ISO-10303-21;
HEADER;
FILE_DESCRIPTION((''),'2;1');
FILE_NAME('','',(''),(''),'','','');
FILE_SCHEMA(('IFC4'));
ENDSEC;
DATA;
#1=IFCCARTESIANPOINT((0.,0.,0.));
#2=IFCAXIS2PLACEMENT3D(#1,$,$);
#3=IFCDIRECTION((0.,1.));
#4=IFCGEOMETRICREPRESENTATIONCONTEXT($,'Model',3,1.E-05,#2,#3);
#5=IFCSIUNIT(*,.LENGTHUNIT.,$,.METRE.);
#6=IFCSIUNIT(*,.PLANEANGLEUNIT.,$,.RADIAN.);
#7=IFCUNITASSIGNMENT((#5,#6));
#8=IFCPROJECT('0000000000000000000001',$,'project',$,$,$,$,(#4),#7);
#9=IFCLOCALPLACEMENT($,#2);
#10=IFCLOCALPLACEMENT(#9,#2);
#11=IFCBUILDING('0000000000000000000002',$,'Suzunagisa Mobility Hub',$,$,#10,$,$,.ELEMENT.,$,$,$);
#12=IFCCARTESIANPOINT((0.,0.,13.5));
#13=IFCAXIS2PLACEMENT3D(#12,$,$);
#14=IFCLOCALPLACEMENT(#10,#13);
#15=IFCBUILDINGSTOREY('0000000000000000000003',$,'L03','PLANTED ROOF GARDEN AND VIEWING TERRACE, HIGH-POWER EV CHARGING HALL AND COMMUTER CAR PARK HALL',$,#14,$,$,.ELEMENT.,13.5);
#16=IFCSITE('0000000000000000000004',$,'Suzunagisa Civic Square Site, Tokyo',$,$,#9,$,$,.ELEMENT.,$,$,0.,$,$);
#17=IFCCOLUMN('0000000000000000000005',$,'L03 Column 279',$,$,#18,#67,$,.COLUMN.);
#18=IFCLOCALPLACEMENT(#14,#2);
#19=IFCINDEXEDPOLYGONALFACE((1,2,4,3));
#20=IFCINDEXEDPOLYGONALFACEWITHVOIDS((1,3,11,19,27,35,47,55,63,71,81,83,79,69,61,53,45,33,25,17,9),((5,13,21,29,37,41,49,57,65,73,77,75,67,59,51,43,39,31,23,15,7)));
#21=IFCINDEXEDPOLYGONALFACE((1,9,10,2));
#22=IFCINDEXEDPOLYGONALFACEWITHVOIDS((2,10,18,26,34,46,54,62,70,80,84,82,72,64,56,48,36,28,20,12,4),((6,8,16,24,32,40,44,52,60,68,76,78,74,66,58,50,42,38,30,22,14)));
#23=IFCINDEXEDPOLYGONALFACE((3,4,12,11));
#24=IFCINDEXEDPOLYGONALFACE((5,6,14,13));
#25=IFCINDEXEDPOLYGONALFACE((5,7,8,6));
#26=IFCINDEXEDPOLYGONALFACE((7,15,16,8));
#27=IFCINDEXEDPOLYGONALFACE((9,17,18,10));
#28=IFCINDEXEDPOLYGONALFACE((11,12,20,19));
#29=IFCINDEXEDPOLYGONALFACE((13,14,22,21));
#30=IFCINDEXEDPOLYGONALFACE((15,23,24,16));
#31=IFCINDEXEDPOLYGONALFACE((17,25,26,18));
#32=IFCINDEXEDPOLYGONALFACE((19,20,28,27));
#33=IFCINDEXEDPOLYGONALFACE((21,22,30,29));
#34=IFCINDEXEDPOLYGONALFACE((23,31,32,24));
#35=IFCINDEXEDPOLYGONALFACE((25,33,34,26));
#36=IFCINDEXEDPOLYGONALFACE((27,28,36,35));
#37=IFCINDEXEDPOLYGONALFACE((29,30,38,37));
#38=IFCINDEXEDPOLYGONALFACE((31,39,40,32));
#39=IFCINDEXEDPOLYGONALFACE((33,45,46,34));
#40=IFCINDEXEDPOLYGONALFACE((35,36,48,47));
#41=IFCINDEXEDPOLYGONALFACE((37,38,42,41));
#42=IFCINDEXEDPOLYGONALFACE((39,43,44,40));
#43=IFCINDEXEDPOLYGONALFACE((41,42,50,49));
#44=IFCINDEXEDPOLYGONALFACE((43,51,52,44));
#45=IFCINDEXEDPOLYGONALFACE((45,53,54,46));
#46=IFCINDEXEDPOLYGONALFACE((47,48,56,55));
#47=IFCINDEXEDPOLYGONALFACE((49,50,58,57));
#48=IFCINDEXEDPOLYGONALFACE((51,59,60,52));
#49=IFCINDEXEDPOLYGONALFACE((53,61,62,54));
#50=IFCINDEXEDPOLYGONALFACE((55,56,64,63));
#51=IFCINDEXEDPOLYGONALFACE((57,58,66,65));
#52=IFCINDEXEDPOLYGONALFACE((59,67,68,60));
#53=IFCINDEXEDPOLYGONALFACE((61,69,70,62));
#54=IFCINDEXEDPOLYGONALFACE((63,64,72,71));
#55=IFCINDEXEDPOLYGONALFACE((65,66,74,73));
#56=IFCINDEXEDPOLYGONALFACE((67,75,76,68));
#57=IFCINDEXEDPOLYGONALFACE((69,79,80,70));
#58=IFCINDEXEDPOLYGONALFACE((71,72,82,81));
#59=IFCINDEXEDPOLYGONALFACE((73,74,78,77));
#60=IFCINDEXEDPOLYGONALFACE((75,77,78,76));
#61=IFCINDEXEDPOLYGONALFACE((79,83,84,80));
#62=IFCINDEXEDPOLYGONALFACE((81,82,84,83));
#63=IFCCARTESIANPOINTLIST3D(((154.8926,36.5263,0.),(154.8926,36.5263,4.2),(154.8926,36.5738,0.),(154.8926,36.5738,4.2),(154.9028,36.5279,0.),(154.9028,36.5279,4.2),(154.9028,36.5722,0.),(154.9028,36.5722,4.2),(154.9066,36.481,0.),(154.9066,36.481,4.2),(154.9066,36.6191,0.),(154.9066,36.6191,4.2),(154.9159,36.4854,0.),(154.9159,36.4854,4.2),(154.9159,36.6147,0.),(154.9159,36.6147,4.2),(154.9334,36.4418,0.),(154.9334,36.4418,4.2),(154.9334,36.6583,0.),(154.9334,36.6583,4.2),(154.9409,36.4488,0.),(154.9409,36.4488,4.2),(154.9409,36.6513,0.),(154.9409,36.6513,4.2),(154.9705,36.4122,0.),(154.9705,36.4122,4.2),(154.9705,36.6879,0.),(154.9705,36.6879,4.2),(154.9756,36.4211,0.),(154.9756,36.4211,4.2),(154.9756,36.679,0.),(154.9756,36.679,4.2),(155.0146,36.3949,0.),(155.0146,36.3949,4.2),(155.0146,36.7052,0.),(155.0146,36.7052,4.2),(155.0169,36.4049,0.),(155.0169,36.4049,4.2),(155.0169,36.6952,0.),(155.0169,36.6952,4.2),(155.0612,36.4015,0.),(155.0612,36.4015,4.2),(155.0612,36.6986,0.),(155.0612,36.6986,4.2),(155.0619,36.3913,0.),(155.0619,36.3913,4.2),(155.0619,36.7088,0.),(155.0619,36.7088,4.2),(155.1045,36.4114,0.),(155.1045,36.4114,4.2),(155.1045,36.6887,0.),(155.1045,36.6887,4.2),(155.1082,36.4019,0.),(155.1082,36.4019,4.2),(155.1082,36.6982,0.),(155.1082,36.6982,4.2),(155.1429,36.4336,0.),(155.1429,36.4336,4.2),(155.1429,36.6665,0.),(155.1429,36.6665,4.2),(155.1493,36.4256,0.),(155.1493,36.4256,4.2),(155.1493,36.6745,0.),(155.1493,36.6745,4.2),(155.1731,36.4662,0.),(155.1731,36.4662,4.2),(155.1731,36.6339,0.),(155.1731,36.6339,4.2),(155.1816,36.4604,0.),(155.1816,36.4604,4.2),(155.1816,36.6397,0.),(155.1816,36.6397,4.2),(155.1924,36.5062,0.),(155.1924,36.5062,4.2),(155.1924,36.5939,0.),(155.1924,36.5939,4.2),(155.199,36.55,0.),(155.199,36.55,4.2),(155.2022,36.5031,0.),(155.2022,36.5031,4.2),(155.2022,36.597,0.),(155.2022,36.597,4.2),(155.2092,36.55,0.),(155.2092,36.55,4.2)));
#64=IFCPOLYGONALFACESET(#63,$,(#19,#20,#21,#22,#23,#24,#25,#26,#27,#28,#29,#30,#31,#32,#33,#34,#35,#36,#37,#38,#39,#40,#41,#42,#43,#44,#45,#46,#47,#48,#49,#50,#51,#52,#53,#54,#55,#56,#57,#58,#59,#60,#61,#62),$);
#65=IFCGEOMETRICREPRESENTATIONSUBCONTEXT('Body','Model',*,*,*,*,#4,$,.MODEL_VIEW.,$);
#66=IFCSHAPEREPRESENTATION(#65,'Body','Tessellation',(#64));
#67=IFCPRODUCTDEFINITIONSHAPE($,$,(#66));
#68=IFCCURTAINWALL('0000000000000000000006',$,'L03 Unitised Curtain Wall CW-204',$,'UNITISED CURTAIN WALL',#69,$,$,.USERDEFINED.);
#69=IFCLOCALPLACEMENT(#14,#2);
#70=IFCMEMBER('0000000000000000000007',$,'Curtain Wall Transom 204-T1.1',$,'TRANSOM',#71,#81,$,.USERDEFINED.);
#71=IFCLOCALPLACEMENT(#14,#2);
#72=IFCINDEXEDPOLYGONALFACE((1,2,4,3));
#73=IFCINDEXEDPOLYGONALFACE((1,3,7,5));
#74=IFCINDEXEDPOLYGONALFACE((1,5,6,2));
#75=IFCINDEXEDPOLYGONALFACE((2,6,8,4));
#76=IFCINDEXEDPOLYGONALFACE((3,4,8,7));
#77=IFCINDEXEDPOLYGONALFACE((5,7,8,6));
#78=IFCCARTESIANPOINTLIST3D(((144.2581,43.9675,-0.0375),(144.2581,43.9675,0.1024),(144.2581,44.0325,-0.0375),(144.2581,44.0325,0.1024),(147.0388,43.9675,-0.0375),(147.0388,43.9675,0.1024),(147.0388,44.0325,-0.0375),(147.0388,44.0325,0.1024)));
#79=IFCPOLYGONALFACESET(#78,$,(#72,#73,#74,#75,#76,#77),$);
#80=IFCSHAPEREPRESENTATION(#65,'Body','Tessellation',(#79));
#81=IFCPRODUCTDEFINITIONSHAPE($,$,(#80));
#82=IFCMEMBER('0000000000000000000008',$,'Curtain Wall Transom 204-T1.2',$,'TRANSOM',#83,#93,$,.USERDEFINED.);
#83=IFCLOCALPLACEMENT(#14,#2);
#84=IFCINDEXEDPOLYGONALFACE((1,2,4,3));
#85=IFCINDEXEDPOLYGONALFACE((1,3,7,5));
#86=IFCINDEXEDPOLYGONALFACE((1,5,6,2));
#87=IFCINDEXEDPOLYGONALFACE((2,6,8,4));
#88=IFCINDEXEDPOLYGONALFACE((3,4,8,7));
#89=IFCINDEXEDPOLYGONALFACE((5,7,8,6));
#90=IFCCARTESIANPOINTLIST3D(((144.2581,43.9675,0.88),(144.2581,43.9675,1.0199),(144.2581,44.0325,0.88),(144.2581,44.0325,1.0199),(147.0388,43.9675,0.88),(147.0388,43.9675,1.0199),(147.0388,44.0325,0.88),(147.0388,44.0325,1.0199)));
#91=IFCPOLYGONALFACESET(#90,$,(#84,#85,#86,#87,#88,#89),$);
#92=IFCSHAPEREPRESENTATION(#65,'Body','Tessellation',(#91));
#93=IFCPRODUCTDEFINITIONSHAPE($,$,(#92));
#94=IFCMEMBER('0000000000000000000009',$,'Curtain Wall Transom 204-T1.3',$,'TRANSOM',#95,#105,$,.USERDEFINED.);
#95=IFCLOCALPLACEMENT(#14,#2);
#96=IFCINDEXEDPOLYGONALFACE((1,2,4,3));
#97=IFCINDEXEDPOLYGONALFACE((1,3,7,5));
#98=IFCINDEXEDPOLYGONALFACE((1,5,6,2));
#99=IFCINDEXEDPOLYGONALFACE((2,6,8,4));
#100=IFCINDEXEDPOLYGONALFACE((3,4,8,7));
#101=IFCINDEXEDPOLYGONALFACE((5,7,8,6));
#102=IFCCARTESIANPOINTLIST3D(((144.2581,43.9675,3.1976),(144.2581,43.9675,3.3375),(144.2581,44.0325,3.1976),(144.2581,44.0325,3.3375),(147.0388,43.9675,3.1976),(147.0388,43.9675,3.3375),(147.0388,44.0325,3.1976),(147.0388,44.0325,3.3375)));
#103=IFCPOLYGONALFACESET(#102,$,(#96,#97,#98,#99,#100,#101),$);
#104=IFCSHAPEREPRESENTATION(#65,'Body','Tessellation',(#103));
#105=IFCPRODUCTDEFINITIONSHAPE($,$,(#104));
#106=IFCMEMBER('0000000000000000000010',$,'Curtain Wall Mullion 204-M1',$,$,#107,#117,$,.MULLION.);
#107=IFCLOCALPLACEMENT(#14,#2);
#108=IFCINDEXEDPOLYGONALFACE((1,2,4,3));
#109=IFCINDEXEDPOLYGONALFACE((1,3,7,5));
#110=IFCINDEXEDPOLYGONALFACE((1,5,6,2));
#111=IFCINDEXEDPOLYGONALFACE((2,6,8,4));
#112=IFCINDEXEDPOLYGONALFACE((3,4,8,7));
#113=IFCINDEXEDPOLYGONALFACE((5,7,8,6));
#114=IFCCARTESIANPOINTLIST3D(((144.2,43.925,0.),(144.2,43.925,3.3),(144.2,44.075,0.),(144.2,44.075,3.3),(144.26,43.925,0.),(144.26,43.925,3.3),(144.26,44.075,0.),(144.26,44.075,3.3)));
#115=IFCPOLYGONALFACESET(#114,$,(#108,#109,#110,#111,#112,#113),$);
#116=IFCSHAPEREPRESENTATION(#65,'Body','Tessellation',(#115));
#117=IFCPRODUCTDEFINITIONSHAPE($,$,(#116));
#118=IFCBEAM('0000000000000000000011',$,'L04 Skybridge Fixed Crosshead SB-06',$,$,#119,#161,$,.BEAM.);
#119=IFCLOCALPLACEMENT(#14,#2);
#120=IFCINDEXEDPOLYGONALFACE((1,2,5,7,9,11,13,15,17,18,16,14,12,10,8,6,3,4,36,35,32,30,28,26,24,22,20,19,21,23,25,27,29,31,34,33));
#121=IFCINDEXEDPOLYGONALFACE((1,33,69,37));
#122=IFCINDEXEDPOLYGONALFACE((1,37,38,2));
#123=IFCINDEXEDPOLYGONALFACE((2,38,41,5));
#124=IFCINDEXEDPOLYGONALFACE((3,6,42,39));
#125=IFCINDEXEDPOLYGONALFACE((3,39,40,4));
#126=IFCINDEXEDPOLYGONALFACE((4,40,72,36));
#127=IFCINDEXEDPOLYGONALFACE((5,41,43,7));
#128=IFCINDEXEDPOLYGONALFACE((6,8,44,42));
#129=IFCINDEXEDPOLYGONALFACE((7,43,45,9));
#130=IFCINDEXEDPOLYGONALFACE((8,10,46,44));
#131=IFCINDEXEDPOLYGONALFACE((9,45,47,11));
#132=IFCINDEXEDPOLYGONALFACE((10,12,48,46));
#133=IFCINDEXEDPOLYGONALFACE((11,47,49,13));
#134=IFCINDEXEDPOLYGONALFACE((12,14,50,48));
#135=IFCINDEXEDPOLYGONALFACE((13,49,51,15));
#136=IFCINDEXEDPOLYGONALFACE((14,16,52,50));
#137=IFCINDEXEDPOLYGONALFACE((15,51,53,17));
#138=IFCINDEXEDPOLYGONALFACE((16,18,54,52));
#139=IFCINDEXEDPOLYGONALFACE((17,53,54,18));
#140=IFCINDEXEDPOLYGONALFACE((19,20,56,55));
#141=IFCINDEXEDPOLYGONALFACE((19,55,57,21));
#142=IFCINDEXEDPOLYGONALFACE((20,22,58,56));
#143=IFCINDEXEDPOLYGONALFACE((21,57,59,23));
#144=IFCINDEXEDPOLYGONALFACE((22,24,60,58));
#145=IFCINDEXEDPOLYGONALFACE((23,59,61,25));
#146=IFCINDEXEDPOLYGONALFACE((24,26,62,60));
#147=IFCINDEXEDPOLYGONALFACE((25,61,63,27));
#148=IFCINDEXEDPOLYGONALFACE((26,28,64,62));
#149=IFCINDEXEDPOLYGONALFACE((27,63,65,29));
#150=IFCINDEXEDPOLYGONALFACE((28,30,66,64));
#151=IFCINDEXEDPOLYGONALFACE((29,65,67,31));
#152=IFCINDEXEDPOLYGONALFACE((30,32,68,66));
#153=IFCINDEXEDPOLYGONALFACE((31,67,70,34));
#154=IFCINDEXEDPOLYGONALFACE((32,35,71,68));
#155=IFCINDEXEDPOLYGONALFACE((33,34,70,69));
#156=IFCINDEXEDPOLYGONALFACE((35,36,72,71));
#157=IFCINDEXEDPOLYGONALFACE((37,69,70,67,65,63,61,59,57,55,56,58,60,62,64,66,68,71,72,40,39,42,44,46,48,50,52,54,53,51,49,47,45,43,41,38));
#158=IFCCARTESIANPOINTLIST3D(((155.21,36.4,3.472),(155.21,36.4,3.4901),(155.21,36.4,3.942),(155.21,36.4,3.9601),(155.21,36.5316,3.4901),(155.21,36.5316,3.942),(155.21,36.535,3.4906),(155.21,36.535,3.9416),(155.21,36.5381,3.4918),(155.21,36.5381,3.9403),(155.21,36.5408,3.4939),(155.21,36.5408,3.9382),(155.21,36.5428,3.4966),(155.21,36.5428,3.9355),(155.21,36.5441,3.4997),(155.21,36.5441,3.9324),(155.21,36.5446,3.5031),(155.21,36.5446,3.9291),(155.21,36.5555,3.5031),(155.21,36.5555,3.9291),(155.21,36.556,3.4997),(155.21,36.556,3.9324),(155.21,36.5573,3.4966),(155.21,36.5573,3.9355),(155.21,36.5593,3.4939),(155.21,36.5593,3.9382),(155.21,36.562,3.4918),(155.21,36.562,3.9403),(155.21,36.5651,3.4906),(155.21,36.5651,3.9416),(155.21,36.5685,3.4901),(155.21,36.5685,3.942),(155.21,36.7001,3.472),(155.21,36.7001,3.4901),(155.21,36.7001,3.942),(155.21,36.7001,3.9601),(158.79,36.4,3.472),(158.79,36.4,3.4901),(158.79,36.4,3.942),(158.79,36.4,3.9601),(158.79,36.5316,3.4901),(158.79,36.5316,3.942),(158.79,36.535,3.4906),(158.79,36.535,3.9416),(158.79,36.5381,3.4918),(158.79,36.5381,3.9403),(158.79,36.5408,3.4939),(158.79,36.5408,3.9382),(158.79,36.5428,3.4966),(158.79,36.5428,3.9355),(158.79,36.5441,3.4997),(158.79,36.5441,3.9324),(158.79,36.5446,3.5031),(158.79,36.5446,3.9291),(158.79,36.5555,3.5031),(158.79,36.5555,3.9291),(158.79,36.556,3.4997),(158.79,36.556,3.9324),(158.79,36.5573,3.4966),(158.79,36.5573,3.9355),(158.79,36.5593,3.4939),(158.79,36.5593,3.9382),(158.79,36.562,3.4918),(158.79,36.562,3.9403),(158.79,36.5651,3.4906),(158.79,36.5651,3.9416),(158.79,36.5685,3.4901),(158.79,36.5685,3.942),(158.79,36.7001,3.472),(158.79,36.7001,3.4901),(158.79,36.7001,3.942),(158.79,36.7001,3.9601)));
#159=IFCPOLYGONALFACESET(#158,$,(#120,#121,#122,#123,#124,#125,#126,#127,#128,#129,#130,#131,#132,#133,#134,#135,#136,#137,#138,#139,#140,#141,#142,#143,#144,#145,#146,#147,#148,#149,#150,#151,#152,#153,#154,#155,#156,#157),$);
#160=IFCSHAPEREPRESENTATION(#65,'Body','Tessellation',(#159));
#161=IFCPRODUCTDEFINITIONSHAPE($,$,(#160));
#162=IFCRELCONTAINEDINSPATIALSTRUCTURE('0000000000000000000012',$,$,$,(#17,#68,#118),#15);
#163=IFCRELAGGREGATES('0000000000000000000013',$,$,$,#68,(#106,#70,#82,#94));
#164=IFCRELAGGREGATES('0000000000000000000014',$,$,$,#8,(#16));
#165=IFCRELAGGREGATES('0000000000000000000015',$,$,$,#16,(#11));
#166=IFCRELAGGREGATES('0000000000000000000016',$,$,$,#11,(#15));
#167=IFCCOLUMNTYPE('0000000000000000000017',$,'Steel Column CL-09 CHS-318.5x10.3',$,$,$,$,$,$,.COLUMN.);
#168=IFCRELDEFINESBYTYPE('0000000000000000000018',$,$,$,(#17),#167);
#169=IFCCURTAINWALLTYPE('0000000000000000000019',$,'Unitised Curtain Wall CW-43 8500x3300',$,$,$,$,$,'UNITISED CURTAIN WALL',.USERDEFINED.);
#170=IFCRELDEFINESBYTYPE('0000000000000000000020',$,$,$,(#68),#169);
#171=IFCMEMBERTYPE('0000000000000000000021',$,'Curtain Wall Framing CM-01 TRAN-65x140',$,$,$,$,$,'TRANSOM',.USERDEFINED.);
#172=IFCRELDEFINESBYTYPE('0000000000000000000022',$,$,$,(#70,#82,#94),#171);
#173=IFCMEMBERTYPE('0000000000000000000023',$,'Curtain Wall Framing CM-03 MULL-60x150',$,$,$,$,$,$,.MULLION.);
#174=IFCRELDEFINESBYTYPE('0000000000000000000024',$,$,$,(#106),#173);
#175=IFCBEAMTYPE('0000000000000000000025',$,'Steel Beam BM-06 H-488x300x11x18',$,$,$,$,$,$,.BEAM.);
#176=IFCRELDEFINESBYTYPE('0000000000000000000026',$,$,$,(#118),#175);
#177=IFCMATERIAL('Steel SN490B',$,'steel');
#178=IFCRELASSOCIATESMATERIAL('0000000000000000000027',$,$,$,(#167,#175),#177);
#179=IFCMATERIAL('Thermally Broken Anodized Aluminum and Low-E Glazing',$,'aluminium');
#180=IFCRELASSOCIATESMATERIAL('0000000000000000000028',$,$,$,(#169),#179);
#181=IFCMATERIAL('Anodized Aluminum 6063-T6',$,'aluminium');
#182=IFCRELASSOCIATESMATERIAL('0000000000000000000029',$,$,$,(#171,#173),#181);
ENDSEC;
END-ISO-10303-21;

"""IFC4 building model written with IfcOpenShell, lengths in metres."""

from ifc_helpers import new_model, si_unit, direction, frame, origin, origin_2d, place, context, subcontext, project, spatial, rectangle, hollow_circle, i_section, extrude, material, material_profile, profile_set, type_object, element, aggregate, save


model = new_model("IFC4")

# Units and contexts
model_context = context("Model", 3, precision=1e-05, world=origin(), true_north=direction((0.0, 1.0)))
body_context = subcontext(model_context, "Body", "Model", "MODEL_VIEW")
ifc_project = project(units=[si_unit("LENGTHUNIT", "METRE"), si_unit("PLANEANGLEUNIT", "RADIAN")], contexts=[model_context])

# Site, building, storey
site_placement = place(None, origin())
site = spatial("IfcSite", under=ifc_project, at=site_placement, Name="Suzunagisa Civic Square Site, Tokyo", CompositionType="ELEMENT", RefElevation=0.0)
building_placement = place(site_placement, origin())
building = spatial("IfcBuilding", under=site, at=building_placement, Name="Suzunagisa Mobility Hub", CompositionType="ELEMENT")
storey_placement = place(building_placement, frame((0.0, 0.0, 13.5)))
storey = spatial("IfcBuildingStorey", under=building, at=storey_placement, Name="L03", Description="PLANTED ROOF GARDEN AND VIEWING TERRACE, HIGH-POWER EV CHARGING HALL AND COMMUTER CAR PARK HALL", CompositionType="ELEMENT", Elevation=13.5)

# Column
ifc_material_1 = material(Name="Steel SN490B", Category="steel")
ifc_material_profile_1 = material_profile(ifc_material_1, hollow_circle(Radius=0.1592, WallThickness=0.0103, at=origin_2d()), Name="CHS-318.5x10.3")
ifc_profile_set_1 = profile_set([ifc_material_profile_1], Name="Steel SN490B")
column_type_1 = type_object("IfcColumnType", Name="Steel Column CL-09 CHS-318.5x10.3", PredefinedType="COLUMN", material=ifc_profile_set_1)
for number, where, z_axis, x_axis, name in (
    (1, (155.05, 36.55, 0.0), (0.0, 0.0, 1.0), (1.0, 0.0, 0.0), "L03 Column 279"),
):
    element("IfcColumn", number, at=place(storey_placement, frame(where, z_axis=z_axis, x_axis=x_axis)), inside=storey, type_object=column_type_1, Name=name, PredefinedType="COLUMN", context=body_context, shape_type="SweptSolid", body=[
        extrude(hollow_circle(Radius=0.1592, WallThickness=0.0103, at=origin_2d()), origin(), (0.0, 0.0, 1.0), 4.2),
    ])

# Curtain wall, members
ifc_material_2 = material(Name="Thermally Broken Anodized Aluminum and Low-E Glazing", Category="aluminium")
curtain_wall_type = type_object("IfcCurtainWallType", Name="Unitised Curtain Wall CW-43 8500x3300", ElementType="UNITISED CURTAIN WALL", PredefinedType="USERDEFINED", material=ifc_material_2)
curtain_wall_placement = place(storey_placement, origin())
curtain_wall = element("IfcCurtainWall", 2, at=curtain_wall_placement, inside=storey, type_object=curtain_wall_type, Name="L03 Unitised Curtain Wall CW-204", ObjectType="UNITISED CURTAIN WALL", PredefinedType="USERDEFINED")
ifc_material_3 = material(Name="Anodized Aluminum 6063-T6", Category="aluminium")
ifc_material_profile_2 = material_profile(ifc_material_3, rectangle(XDim=0.0649, YDim=0.1399, at=origin_2d()), Name="TRAN-65x140")
ifc_profile_set_2 = profile_set([ifc_material_profile_2], Name="Anodized Aluminum 6063-T6")
member_type_1 = type_object("IfcMemberType", Name="Curtain Wall Framing CM-01 TRAN-65x140", ElementType="TRANSOM", PredefinedType="USERDEFINED", material=ifc_profile_set_2)
member_1_placement = place(storey_placement, frame((144.2581, 44.0, 0.0325), z_axis=(1.0, 0.0, 0.0), x_axis=(0.0, 1.0, 0.0)))
member_1 = element("IfcMember", 3, at=member_1_placement, type_object=member_type_1, Name="Curtain Wall Transom 204-T1.1", ObjectType="TRANSOM", PredefinedType="USERDEFINED", context=body_context, shape_type="SweptSolid", body=[
    extrude(rectangle(XDim=0.0649, YDim=0.1399, at=origin_2d()), origin(), (0.0, 0.0, 1.0), 2.7808),
])
member_2_placement = place(storey_placement, frame((144.2581, 44.0, 0.95), z_axis=(1.0, 0.0, 0.0), x_axis=(0.0, 1.0, 0.0)))
member_2 = element("IfcMember", 4, at=member_2_placement, type_object=member_type_1, Name="Curtain Wall Transom 204-T1.2", ObjectType="TRANSOM", PredefinedType="USERDEFINED", context=body_context, shape_type="SweptSolid", body=[
    extrude(rectangle(XDim=0.0649, YDim=0.1399, at=origin_2d()), origin(), (0.0, 0.0, 1.0), 2.7808),
])
member_3_placement = place(storey_placement, frame((144.2581, 44.0, 3.2676), z_axis=(1.0, 0.0, 0.0), x_axis=(0.0, 1.0, 0.0)))
member_3 = element("IfcMember", 5, at=member_3_placement, type_object=member_type_1, Name="Curtain Wall Transom 204-T1.3", ObjectType="TRANSOM", PredefinedType="USERDEFINED", context=body_context, shape_type="SweptSolid", body=[
    extrude(rectangle(XDim=0.0649, YDim=0.1399, at=origin_2d()), origin(), (0.0, 0.0, 1.0), 2.7808),
])
ifc_material_profile_3 = material_profile(ifc_material_3, rectangle(XDim=0.0601, YDim=0.1499, at=origin_2d()), Name="MULL-60x150")
ifc_profile_set_3 = profile_set([ifc_material_profile_3], Name="Anodized Aluminum 6063-T6")
member_type_2 = type_object("IfcMemberType", Name="Curtain Wall Framing CM-03 MULL-60x150", PredefinedType="MULLION", material=ifc_profile_set_3)
member_4_placement = place(storey_placement, frame((144.23, 44.0, 0.0), z_axis=(0.0, 0.0, 1.0), x_axis=(1.0, 0.0, 0.0)))
member_4 = element("IfcMember", 6, at=member_4_placement, type_object=member_type_2, Name="Curtain Wall Mullion 204-M1", PredefinedType="MULLION", context=body_context, shape_type="SweptSolid", body=[
    extrude(rectangle(XDim=0.0601, YDim=0.1499, at=origin_2d()), origin(), (0.0, 0.0, 1.0), 3.3),
])

# Beam
ifc_material_profile_4 = material_profile(ifc_material_1, i_section(OverallWidth=0.3, OverallDepth=0.488, WebThickness=0.011, FlangeThickness=0.0181, FilletRadius=0.0129, at=origin_2d()), Name="H-488x300x11x18")
ifc_profile_set_4 = profile_set([ifc_material_profile_4], Name="Steel SN490B")
beam_type_1 = type_object("IfcBeamType", Name="Steel Beam BM-06 H-488x300x11x18", PredefinedType="BEAM", material=ifc_profile_set_4)
beam_1_placement = place(storey_placement, frame((155.21, 36.55, 3.7161), z_axis=(1.0, 0.0, 0.0), x_axis=(0.0, 1.0, 0.0)))
element("IfcBeam", 7, at=beam_1_placement, inside=storey, type_object=beam_type_1, Name="L04 Skybridge Fixed Crosshead SB-06", PredefinedType="BEAM", context=body_context, shape_type="SweptSolid", body=[
    extrude(i_section(OverallWidth=0.3, OverallDepth=0.488, WebThickness=0.011, FlangeThickness=0.0181, FilletRadius=0.0129, at=origin_2d()), origin(), (0.0, 0.0, 1.0), 3.5801),
])

aggregate(curtain_wall, [member_4, member_1, member_2, member_3])

save(model, "model.ifc")
